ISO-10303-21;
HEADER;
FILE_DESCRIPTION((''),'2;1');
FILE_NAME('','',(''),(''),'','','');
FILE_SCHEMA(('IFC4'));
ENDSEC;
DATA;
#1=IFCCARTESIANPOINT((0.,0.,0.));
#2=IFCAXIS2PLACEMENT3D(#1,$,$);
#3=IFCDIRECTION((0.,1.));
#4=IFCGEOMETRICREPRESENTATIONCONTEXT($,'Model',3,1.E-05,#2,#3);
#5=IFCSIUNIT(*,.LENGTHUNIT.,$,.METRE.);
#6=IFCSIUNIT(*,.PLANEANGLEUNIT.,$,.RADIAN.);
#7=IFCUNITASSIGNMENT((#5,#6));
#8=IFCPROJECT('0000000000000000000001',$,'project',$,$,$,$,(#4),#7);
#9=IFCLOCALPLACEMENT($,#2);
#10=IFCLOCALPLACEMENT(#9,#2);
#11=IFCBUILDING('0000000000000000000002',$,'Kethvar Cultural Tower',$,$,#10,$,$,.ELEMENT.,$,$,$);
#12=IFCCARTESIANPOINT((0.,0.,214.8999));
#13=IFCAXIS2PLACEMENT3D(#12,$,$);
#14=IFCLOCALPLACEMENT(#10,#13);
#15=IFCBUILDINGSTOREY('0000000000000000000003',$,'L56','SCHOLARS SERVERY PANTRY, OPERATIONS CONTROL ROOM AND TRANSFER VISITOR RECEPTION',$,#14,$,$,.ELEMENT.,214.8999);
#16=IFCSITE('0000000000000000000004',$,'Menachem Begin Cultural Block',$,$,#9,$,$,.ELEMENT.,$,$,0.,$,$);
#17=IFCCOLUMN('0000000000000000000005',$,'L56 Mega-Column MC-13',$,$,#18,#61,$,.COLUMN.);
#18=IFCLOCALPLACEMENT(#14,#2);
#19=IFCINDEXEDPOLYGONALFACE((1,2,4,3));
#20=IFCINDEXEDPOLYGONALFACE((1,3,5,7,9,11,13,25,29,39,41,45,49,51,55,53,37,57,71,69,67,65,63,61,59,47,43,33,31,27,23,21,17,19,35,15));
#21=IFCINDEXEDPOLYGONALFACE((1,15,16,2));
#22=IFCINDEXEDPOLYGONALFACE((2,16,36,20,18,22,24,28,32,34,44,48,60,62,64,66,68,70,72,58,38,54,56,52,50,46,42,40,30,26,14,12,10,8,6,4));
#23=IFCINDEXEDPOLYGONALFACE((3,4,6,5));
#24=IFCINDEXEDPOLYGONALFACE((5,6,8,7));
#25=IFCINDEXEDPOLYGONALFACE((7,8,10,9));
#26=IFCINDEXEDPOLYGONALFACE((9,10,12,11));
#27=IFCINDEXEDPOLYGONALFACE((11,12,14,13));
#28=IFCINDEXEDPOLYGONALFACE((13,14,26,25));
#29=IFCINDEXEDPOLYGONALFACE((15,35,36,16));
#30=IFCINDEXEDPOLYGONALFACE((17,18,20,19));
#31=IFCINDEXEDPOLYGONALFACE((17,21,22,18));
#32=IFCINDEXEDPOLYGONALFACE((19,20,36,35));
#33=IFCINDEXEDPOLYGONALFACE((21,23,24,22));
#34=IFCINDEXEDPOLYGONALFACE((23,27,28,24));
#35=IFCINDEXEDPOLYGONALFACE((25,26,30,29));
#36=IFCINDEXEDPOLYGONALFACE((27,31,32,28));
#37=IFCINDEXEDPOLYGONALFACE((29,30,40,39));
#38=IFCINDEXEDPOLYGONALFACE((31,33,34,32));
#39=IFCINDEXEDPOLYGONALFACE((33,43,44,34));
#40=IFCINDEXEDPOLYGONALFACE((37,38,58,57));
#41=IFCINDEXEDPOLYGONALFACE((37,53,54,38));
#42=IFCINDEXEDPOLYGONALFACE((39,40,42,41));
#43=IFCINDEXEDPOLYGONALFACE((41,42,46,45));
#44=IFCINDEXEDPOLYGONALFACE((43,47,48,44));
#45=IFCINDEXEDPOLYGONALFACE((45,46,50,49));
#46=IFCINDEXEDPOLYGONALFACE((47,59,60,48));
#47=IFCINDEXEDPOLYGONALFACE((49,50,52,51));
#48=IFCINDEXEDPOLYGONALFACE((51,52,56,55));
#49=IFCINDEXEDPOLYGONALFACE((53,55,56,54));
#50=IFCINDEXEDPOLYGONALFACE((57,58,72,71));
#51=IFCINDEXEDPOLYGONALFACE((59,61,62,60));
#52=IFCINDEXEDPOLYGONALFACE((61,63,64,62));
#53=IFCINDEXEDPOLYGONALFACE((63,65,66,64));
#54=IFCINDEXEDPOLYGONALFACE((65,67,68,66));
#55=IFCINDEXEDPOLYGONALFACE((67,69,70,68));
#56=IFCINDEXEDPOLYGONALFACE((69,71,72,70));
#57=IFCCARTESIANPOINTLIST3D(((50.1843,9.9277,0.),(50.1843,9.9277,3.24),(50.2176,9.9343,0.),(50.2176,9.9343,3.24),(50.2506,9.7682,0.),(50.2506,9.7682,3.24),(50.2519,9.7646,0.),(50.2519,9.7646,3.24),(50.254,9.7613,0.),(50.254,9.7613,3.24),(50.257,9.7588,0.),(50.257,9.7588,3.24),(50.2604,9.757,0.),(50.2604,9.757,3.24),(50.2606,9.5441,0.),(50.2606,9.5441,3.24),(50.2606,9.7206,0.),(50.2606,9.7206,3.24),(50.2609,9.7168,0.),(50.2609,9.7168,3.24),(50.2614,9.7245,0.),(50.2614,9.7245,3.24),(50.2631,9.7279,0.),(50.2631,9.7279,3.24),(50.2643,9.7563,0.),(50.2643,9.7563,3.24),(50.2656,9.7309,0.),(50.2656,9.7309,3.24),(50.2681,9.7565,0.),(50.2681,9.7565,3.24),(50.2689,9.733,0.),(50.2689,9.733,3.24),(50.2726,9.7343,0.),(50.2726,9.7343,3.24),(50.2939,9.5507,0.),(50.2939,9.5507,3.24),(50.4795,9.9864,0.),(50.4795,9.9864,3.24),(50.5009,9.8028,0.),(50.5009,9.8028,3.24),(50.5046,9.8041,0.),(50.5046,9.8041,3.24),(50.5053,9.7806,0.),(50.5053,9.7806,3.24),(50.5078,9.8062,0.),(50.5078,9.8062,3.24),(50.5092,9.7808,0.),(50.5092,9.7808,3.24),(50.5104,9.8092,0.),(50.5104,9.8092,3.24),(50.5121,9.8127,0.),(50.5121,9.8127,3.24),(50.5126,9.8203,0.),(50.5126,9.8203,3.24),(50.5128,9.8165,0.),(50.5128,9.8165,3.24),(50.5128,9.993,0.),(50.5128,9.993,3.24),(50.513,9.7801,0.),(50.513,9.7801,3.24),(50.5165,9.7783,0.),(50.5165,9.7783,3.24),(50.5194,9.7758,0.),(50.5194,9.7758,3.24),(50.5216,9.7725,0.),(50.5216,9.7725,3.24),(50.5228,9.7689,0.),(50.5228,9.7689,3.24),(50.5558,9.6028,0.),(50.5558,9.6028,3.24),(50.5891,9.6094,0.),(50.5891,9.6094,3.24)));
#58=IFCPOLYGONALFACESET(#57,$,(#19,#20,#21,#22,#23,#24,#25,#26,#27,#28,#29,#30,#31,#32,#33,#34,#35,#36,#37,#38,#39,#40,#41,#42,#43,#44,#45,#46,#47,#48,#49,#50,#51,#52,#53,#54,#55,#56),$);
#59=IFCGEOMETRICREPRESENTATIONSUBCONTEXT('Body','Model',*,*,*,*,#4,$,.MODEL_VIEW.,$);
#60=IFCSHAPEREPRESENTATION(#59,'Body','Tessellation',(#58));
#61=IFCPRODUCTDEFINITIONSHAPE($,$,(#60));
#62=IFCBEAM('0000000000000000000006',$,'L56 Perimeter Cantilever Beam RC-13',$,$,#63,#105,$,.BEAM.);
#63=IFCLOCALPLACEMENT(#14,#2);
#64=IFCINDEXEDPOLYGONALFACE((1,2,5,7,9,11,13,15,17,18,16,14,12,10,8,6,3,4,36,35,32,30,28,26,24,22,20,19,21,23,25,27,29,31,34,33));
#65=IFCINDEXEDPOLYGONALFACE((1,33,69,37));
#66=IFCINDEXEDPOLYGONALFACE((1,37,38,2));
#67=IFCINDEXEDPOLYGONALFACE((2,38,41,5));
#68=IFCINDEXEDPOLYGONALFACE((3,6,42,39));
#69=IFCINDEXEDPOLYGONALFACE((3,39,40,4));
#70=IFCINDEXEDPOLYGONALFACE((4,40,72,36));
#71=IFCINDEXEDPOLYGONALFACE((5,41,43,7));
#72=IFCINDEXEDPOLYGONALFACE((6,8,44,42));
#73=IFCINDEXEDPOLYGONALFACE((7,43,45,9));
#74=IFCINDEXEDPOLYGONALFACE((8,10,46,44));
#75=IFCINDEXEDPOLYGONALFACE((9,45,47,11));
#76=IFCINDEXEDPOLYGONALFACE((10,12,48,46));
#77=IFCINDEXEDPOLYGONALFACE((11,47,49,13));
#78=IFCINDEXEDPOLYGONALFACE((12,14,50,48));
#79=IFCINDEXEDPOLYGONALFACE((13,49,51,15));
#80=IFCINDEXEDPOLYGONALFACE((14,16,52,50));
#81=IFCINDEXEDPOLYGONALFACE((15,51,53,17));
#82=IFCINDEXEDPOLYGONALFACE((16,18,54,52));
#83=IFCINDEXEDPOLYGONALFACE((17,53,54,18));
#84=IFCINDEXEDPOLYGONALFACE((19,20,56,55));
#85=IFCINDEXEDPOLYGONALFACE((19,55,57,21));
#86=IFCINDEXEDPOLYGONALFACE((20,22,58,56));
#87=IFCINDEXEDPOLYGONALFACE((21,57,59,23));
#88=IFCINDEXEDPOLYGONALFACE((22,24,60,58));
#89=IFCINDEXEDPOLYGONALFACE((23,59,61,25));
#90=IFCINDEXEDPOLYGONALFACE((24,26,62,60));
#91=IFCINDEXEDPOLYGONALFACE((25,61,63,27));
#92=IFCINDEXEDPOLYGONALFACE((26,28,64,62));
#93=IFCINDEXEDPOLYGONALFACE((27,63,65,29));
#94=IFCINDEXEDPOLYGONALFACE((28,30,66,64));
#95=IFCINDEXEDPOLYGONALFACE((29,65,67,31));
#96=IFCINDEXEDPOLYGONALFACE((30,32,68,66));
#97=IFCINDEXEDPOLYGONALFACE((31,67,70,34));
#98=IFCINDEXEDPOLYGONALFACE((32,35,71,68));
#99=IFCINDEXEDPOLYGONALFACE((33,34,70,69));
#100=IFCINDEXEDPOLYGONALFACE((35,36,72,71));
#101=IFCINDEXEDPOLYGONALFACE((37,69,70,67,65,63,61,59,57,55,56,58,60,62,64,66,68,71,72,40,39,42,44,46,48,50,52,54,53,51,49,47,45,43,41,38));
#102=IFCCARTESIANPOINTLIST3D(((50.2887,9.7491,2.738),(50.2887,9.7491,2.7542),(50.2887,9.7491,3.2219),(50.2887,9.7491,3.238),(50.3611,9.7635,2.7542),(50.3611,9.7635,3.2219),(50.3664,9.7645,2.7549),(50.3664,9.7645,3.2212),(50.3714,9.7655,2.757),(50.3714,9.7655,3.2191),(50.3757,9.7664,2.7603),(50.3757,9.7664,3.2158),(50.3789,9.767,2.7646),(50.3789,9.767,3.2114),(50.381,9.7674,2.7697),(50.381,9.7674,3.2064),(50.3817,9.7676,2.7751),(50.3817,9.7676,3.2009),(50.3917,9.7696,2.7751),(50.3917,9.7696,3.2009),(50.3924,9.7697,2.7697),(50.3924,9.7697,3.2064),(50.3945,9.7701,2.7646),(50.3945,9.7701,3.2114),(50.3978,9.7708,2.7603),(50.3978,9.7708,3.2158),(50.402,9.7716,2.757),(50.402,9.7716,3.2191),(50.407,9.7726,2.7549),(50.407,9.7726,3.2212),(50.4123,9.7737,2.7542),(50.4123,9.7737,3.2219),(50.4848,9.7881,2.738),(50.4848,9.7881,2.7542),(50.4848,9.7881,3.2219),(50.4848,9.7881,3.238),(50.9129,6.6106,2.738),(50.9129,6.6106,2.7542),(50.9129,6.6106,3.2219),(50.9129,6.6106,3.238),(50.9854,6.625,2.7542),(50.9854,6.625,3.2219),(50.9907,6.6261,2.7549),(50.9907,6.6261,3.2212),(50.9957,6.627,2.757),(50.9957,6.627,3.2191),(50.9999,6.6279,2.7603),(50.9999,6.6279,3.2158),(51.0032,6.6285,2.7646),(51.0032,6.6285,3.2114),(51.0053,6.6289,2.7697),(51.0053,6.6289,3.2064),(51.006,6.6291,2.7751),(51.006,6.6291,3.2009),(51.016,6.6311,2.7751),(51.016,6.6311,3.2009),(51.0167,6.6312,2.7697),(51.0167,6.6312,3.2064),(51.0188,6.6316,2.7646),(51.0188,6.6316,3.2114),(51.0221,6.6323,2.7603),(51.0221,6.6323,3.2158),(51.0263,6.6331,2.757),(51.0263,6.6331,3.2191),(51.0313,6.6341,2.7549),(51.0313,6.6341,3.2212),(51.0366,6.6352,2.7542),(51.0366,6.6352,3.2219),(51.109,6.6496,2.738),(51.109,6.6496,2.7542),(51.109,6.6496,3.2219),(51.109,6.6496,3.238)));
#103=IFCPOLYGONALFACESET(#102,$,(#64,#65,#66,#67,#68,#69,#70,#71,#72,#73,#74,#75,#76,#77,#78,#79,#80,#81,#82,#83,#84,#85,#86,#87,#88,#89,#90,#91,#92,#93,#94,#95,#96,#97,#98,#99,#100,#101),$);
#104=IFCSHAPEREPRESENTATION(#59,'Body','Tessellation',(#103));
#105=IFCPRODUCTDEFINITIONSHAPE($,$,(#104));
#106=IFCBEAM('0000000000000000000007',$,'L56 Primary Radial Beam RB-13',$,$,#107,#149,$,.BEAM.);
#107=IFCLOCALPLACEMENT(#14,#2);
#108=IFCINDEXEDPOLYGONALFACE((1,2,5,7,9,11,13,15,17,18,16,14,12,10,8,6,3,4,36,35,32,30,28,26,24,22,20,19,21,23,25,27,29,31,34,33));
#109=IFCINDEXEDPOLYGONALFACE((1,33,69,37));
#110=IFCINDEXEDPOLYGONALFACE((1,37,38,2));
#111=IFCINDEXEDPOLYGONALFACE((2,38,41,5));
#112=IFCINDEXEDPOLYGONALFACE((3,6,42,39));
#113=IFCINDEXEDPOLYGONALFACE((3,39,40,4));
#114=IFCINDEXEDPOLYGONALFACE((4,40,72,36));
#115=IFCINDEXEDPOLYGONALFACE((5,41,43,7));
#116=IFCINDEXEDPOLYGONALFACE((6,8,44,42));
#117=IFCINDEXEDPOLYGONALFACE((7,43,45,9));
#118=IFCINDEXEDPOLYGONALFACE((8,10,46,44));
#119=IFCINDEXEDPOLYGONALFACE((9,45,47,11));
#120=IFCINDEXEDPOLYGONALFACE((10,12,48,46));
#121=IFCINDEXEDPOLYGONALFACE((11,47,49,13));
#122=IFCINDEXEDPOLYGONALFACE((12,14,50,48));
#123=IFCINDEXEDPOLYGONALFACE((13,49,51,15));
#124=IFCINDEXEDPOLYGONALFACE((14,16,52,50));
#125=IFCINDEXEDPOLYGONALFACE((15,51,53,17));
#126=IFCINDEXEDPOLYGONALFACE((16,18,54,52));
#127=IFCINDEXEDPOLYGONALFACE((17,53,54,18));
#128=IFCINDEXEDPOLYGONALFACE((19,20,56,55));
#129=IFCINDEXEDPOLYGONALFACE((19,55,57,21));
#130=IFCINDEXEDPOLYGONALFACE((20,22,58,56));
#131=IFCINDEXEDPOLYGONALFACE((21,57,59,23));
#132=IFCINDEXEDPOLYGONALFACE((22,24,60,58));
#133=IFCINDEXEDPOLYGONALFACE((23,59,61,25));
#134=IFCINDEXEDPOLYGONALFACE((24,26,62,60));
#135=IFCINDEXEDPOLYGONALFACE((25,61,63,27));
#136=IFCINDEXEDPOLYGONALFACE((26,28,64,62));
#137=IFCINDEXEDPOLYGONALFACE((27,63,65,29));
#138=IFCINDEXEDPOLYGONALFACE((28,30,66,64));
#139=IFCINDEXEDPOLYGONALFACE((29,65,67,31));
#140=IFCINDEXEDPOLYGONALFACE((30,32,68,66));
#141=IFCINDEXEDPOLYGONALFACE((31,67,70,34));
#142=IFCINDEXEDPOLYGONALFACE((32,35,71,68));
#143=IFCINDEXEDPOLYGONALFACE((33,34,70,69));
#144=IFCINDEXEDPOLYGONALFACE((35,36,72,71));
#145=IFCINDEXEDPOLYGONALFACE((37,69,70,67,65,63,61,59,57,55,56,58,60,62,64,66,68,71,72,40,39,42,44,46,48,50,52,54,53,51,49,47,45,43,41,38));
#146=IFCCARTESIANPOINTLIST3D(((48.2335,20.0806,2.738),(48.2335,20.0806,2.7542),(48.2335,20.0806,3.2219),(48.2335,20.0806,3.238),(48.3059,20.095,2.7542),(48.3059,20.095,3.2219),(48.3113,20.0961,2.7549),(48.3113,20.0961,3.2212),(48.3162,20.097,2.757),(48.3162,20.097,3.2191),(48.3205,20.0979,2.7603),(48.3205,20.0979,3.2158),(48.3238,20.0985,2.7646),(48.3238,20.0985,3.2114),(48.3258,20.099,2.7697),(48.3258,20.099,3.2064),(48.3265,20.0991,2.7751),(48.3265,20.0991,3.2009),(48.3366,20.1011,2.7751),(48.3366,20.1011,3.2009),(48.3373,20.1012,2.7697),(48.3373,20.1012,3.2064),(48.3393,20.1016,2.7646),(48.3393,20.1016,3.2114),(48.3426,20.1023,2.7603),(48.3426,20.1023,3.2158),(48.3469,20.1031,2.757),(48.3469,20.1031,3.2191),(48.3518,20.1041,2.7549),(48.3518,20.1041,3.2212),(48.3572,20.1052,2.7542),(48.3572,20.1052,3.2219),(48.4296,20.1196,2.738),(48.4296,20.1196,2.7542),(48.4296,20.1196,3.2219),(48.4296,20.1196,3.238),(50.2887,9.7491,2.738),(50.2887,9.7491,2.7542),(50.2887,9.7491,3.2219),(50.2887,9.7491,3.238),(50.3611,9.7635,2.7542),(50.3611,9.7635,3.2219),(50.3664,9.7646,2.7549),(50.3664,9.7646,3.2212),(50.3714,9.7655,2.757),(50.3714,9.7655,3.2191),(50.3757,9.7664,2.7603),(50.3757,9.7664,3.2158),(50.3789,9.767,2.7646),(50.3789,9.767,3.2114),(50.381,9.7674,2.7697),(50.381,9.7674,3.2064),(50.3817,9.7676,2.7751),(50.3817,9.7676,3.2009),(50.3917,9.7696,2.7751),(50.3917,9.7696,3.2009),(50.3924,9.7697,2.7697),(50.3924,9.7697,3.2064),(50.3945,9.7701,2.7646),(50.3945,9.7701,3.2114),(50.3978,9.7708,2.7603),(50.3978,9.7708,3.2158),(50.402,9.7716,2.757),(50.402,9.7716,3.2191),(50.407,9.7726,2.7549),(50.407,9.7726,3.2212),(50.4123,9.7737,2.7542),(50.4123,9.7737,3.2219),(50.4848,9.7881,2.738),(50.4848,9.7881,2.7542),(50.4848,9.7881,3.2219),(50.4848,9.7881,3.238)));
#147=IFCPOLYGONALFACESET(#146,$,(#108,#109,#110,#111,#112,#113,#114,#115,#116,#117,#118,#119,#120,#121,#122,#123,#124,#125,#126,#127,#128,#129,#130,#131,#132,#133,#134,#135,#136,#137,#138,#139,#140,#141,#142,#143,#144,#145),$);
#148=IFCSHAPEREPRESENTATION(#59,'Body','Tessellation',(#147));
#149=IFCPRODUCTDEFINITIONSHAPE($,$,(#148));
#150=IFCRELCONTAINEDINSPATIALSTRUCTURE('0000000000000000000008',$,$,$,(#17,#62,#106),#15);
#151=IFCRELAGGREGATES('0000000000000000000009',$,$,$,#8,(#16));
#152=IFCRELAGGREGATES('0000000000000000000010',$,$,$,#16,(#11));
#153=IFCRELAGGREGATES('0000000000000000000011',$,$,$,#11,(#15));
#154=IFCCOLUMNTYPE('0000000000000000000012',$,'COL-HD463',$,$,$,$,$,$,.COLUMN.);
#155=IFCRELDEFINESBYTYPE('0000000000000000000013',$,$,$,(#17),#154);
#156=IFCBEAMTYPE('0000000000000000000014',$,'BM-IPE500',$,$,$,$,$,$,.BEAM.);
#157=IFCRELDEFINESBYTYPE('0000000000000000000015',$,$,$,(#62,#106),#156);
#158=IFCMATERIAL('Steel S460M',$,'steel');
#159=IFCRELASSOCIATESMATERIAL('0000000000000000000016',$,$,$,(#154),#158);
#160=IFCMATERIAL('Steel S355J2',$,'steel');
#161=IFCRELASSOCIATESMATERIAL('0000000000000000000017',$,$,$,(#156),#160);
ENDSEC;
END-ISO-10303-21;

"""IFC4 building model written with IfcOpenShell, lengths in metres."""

from ifc_helpers import new_model, si_unit, direction, frame, origin, origin_2d, place, context, subcontext, project, spatial, i_section, extrude, source, transform, mapped, material, material_profile, profile_set, type_object, element, save


model = new_model("IFC4")

# Units and contexts
model_context = context("Model", 3, precision=1e-05, world=origin(), true_north=direction((0.0, 1.0)))
body_context = subcontext(model_context, "Body", "Model", "MODEL_VIEW")
ifc_project = project(units=[si_unit("LENGTHUNIT", "METRE"), si_unit("PLANEANGLEUNIT", "RADIAN")], contexts=[model_context])

# Site, building, storey
site_placement = place(None, origin())
site = spatial("IfcSite", under=ifc_project, at=site_placement, Name="Menachem Begin Cultural Block", CompositionType="ELEMENT", RefElevation=0.0)
building_placement = place(site_placement, origin())
building = spatial("IfcBuilding", under=site, at=building_placement, Name="Kethvar Cultural Tower", CompositionType="ELEMENT")
storey_placement = place(building_placement, frame((0.0, 0.0, 214.8999)))
storey = spatial("IfcBuildingStorey", under=building, at=storey_placement, Name="L56", Description="SCHOLARS SERVERY PANTRY, OPERATIONS CONTROL ROOM AND TRANSFER VISITOR RECEPTION", CompositionType="ELEMENT", Elevation=214.8999)

# Column
ifc_material_1 = material(Name="Steel S460M", Category="steel")
ifc_material_profile_1 = material_profile(ifc_material_1, i_section(OverallWidth=0.3911, OverallDepth=0.335, WebThickness=0.0227, FlangeThickness=0.0339, FilletRadius=0.0149, at=origin_2d()), Name="Steel S460M — HD400x463")
ifc_profile_set_1 = profile_set([ifc_material_profile_1], Name="Steel S460M — HD400x463")
column_type = type_object("IfcColumnType", Name="COL-HD463", PredefinedType="COLUMN", material=ifc_profile_set_1)
shared_shape_1 = source(origin(), body_context, "Body", "SweptSolid", [
    extrude(i_section(OverallWidth=0.3911, OverallDepth=0.335, WebThickness=0.0227, FlangeThickness=0.0339, FilletRadius=0.0149, at=origin_2d()), origin(), (0.0, 0.0, 1.0), 3.24),
])
column_placement = place(storey_placement, frame((50.3867, 9.7686, 0.0), z_axis=(0.0, 0.0, 1.0), x_axis=(0.19509, -0.980785, 0.0)))
element("IfcColumn", 1, at=column_placement, inside=storey, type_object=column_type, Name="L56 Mega-Column MC-13", PredefinedType="COLUMN", context=body_context, shape_type="MappedRepresentation", body=[
    mapped(shared_shape_1, transform((0.0, 0.0, 0.0), scale=1.0)),
])

# Beams
ifc_material_2 = material(Name="Steel S355J2", Category="steel")
ifc_material_profile_2 = material_profile(ifc_material_2, i_section(OverallWidth=0.2, OverallDepth=0.5, WebThickness=0.0103, FlangeThickness=0.0161, FilletRadius=0.021, at=origin_2d()), Name="Steel S355J2 — IPE500")
ifc_profile_set_2 = profile_set([ifc_material_profile_2], Name="Steel S355J2 — IPE500")
beam_type_1 = type_object("IfcBeamType", Name="BM-IPE500", PredefinedType="BEAM", material=ifc_profile_set_2)
shared_shape_2 = source(origin(), body_context, "Body", "SweptSolid", [
    extrude(i_section(OverallWidth=0.2, OverallDepth=0.5, WebThickness=0.0103, FlangeThickness=0.0161, FilletRadius=0.021, at=origin_2d()), origin(), (0.0, 0.0, 1.0), 3.2),
])
beam_1_placement = place(storey_placement, frame((50.3867, 9.7686, 2.988), z_axis=(0.195089, -0.980786, 0.0), x_axis=(0.980786, 0.195089, 0.0)))
element("IfcBeam", 2, at=beam_1_placement, inside=storey, type_object=beam_type_1, Name="L56 Perimeter Cantilever Beam RC-13", PredefinedType="BEAM", context=body_context, shape_type="MappedRepresentation", body=[
    mapped(shared_shape_2, transform((0.0, 0.0, 0.0), scale=1.0)),
])
shared_shape_3 = source(origin(), body_context, "Body", "SweptSolid", [
    extrude(i_section(OverallWidth=0.2, OverallDepth=0.5, WebThickness=0.0103, FlangeThickness=0.0161, FilletRadius=0.021, at=origin_2d()), origin(), (0.0, 0.0, 1.0), 10.5339),
])
beam_2_placement = place(storey_placement, frame((48.3315, 20.1001, 2.988), z_axis=(0.1951, -0.980783, 0.0), x_axis=(0.980783, 0.1951, 0.0)))
element("IfcBeam", 3, at=beam_2_placement, inside=storey, type_object=beam_type_1, Name="L56 Primary Radial Beam RB-13", PredefinedType="BEAM", context=body_context, shape_type="MappedRepresentation", body=[
    mapped(shared_shape_3, transform((0.0, 0.0, 0.0), scale=1.0)),
])

save(model, "model.ifc")
